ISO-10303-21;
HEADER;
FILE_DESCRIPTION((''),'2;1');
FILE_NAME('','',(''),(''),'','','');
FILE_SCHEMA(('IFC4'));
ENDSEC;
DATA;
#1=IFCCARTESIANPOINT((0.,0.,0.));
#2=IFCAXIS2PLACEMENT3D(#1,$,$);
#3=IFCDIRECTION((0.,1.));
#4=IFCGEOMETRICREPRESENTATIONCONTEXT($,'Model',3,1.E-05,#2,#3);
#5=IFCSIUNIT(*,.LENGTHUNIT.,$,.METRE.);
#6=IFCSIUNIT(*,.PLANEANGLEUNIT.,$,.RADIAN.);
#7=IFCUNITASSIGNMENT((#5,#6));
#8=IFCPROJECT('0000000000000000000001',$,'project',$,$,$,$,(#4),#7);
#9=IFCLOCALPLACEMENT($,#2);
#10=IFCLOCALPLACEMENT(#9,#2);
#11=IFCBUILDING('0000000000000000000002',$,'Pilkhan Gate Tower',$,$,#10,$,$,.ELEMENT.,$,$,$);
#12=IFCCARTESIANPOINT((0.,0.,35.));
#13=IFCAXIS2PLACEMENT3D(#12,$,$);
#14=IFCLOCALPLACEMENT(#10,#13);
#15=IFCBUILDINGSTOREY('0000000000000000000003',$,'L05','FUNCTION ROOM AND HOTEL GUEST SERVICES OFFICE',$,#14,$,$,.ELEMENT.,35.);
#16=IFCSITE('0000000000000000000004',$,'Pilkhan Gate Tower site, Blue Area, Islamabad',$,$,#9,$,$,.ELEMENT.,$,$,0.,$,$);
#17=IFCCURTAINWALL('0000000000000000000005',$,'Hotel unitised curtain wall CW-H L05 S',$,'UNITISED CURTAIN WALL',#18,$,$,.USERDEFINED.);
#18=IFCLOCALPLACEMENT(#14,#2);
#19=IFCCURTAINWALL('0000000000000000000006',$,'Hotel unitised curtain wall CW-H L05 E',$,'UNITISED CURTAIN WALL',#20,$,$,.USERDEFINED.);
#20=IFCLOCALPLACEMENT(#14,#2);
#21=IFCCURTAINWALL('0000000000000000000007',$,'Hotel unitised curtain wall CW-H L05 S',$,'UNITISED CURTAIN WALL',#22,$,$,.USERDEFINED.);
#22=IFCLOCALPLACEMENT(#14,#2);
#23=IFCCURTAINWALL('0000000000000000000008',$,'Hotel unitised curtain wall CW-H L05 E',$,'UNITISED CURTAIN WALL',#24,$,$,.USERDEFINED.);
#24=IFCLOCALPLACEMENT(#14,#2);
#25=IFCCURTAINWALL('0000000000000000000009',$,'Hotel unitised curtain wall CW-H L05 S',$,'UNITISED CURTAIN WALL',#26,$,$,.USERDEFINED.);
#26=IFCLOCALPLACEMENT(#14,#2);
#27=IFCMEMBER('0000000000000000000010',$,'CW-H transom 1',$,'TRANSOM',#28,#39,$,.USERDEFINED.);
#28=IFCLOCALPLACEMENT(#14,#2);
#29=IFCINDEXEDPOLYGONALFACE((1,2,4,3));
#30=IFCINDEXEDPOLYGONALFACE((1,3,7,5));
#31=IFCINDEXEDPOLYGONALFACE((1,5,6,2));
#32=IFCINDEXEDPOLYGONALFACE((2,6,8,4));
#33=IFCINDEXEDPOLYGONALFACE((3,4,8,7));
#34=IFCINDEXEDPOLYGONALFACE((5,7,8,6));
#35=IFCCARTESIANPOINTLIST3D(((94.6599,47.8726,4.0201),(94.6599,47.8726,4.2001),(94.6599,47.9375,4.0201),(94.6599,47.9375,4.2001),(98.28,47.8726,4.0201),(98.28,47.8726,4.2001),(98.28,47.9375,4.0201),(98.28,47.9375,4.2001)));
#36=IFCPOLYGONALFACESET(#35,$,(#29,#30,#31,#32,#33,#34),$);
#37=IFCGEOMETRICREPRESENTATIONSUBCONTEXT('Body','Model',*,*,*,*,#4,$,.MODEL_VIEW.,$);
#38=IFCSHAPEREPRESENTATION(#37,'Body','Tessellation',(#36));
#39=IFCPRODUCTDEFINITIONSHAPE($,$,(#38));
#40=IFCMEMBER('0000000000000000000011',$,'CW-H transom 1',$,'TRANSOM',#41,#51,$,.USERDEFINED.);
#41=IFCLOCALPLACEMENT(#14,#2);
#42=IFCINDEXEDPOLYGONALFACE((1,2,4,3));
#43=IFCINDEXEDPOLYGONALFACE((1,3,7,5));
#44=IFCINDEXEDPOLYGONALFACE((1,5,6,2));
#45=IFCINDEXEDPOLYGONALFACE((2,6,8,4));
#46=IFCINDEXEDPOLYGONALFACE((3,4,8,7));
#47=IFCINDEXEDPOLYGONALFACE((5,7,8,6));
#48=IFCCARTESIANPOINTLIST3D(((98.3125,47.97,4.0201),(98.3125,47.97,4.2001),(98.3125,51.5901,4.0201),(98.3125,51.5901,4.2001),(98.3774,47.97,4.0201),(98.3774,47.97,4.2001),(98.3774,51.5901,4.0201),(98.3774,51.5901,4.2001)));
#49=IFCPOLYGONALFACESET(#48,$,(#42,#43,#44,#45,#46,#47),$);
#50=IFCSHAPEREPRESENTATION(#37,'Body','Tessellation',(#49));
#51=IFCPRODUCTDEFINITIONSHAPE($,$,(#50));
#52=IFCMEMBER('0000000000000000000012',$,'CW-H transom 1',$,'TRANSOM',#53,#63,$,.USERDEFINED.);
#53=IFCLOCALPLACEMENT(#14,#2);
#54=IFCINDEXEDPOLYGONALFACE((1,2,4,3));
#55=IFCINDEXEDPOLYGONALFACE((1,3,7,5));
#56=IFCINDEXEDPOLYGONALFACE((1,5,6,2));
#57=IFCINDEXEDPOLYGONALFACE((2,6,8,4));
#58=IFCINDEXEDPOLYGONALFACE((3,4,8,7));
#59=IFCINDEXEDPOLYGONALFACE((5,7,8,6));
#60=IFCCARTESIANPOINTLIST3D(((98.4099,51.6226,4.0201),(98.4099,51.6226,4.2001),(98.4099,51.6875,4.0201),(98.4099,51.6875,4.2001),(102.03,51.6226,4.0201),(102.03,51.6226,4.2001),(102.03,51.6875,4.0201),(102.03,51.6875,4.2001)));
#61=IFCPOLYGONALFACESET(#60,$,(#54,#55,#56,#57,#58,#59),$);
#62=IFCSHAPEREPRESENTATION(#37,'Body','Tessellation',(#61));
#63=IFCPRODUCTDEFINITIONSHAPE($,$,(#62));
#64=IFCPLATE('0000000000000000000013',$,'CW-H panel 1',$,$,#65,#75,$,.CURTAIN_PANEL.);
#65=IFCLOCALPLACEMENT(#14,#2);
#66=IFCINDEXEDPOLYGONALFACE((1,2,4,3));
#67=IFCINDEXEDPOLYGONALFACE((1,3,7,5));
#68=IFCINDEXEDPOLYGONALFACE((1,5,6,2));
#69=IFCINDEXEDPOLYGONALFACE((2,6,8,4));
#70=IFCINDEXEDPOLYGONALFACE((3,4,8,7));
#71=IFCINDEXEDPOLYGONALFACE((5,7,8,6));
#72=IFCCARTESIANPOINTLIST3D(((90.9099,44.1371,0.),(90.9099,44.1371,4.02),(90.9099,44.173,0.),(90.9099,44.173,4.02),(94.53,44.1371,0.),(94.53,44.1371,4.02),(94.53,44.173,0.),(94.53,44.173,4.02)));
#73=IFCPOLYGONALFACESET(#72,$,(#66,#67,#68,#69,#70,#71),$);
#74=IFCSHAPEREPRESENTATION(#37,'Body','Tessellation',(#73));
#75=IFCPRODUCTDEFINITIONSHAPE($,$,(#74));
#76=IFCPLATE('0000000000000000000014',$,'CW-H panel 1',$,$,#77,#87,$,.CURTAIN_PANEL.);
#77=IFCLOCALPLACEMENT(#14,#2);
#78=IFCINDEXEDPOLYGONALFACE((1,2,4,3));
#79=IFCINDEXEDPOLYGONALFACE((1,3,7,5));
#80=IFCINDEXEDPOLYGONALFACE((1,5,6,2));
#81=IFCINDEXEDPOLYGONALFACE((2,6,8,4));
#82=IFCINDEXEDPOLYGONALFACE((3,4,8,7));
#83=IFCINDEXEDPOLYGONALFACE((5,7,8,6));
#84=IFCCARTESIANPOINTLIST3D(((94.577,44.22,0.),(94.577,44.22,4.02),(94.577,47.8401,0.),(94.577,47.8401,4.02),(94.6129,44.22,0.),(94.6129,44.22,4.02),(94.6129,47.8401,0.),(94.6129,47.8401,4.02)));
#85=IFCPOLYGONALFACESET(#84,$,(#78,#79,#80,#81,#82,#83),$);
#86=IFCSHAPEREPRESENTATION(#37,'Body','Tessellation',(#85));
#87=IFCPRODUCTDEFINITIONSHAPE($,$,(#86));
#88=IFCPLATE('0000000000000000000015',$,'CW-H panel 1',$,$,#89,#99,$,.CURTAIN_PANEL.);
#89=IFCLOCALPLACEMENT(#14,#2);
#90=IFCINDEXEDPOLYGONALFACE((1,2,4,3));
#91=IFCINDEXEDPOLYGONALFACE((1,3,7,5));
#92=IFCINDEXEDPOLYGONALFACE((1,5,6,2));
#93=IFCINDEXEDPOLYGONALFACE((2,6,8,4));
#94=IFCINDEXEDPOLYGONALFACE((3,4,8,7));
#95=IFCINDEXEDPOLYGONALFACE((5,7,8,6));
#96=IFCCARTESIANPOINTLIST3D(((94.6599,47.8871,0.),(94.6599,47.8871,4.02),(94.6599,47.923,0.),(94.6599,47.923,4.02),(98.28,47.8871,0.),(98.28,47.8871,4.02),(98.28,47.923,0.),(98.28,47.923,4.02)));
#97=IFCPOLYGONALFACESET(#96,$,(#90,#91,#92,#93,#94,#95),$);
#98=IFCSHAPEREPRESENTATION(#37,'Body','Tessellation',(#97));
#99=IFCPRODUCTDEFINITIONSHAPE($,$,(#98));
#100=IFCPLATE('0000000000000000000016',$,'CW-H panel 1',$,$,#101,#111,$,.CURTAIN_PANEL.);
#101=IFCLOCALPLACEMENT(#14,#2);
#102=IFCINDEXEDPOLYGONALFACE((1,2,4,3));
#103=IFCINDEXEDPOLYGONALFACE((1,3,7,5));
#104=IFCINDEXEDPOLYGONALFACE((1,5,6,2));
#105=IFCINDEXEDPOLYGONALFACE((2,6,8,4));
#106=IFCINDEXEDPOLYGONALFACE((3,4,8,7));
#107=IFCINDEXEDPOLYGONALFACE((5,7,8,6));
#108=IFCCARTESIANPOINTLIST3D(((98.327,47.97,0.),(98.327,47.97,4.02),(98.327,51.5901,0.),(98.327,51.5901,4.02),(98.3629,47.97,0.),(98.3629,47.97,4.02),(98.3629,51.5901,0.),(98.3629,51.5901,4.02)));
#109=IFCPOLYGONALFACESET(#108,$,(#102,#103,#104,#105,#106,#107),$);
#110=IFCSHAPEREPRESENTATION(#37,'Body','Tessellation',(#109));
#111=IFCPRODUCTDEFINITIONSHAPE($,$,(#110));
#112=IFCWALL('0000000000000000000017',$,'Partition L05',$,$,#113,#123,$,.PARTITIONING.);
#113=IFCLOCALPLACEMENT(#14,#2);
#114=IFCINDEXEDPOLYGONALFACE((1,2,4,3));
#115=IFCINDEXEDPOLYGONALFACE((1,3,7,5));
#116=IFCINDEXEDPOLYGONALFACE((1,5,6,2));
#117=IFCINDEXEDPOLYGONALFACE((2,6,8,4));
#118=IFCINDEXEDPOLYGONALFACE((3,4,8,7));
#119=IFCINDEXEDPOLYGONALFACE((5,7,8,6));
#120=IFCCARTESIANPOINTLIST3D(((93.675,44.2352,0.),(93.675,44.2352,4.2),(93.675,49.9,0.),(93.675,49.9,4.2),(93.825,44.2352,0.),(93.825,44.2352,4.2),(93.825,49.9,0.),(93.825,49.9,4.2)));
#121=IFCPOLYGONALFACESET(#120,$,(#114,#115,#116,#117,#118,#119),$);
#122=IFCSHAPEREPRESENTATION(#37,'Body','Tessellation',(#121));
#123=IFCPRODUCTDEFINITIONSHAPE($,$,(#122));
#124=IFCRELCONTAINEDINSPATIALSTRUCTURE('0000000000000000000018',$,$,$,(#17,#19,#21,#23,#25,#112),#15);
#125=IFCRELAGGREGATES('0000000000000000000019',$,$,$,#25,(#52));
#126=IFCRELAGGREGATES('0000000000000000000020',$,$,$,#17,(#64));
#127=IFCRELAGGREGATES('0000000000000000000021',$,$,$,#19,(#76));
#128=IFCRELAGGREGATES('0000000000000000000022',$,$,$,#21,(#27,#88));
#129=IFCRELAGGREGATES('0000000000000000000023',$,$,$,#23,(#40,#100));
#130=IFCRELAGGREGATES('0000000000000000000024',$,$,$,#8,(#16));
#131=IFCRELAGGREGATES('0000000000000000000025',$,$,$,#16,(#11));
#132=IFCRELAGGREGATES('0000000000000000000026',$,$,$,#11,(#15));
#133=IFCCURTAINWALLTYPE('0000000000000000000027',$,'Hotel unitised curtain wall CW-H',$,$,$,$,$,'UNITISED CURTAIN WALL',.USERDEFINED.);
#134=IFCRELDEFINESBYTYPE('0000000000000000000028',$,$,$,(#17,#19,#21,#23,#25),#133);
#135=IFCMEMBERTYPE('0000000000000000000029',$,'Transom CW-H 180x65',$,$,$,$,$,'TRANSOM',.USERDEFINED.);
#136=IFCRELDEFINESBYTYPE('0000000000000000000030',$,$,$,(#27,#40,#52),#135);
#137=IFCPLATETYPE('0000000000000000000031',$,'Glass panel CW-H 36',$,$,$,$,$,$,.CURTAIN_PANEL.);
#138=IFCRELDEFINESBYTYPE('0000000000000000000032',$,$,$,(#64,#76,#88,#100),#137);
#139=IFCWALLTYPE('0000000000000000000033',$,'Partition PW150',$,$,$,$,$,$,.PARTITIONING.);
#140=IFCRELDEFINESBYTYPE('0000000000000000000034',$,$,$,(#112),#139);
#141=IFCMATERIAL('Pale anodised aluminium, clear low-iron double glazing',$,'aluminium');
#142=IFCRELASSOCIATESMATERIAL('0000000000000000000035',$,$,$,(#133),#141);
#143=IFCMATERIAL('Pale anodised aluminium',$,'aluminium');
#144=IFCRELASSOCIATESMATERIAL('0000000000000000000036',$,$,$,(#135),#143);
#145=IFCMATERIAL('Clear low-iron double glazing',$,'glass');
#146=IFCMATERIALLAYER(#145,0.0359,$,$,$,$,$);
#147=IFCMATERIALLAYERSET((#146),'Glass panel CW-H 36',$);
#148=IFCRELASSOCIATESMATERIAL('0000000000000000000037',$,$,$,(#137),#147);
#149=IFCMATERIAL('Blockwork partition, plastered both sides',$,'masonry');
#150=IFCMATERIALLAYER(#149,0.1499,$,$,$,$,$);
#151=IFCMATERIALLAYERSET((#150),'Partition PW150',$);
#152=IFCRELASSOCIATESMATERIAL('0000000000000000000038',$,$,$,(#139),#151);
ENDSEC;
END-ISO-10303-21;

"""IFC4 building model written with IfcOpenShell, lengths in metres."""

from ifc_helpers import new_model, si_unit, direction, frame, frame_2d, origin, origin_2d, place, context, subcontext, project, spatial, rectangle, extrude, material, layer, layer_set, material_profile, profile_set, type_object, element, aggregate, save


model = new_model("IFC4")

# Units and contexts
model_context = context("Model", 3, precision=1e-05, world=origin(), true_north=direction((0.0, 1.0)))
body_context = subcontext(model_context, "Body", "Model", "MODEL_VIEW")
ifc_project = project(units=[si_unit("LENGTHUNIT", "METRE"), si_unit("PLANEANGLEUNIT", "RADIAN")], contexts=[model_context])

# Site, building, storey
site_placement = place(None, origin())
site = spatial("IfcSite", under=ifc_project, at=site_placement, Name="Pilkhan Gate Tower site, Blue Area, Islamabad", CompositionType="ELEMENT", RefElevation=0.0)
building_placement = place(site_placement, origin())
building = spatial("IfcBuilding", under=site, at=building_placement, Name="Pilkhan Gate Tower", CompositionType="ELEMENT")
storey_placement = place(building_placement, frame((0.0, 0.0, 35.0)))
storey = spatial("IfcBuildingStorey", under=building, at=storey_placement, Name="L05", Description="FUNCTION ROOM AND HOTEL GUEST SERVICES OFFICE", CompositionType="ELEMENT", Elevation=35.0)

# Shared definitions
ifc_material_1 = material(Name="Pale anodised aluminium, clear low-iron double glazing", Category="aluminium")
curtain_wall_type = type_object("IfcCurtainWallType", Name="Hotel unitised curtain wall CW-H", ElementType="UNITISED CURTAIN WALL", PredefinedType="USERDEFINED", material=ifc_material_1)
ifc_material_2 = material(Name="Pale anodised aluminium", Category="aluminium")

# Curtain walls
curtain_wall_1_placement = place(storey_placement, origin())
curtain_wall_1 = element("IfcCurtainWall", 1, at=curtain_wall_1_placement, inside=storey, type_object=curtain_wall_type, Name="Hotel unitised curtain wall CW-H L05 S", ObjectType="UNITISED CURTAIN WALL", PredefinedType="USERDEFINED")
curtain_wall_2_placement = place(storey_placement, origin())
curtain_wall_2 = element("IfcCurtainWall", 2, at=curtain_wall_2_placement, inside=storey, type_object=curtain_wall_type, Name="Hotel unitised curtain wall CW-H L05 E", ObjectType="UNITISED CURTAIN WALL", PredefinedType="USERDEFINED")
curtain_wall_3_placement = place(storey_placement, origin())
curtain_wall_3 = element("IfcCurtainWall", 3, at=curtain_wall_3_placement, inside=storey, type_object=curtain_wall_type, Name="Hotel unitised curtain wall CW-H L05 S", ObjectType="UNITISED CURTAIN WALL", PredefinedType="USERDEFINED")
curtain_wall_4_placement = place(storey_placement, origin())
curtain_wall_4 = element("IfcCurtainWall", 4, at=curtain_wall_4_placement, inside=storey, type_object=curtain_wall_type, Name="Hotel unitised curtain wall CW-H L05 E", ObjectType="UNITISED CURTAIN WALL", PredefinedType="USERDEFINED")

# Curtain wall
curtain_wall_5_placement = place(storey_placement, origin())
curtain_wall_5 = element("IfcCurtainWall", 5, at=curtain_wall_5_placement, inside=storey, type_object=curtain_wall_type, Name="Hotel unitised curtain wall CW-H L05 S", ObjectType="UNITISED CURTAIN WALL", PredefinedType="USERDEFINED")

# Members
ifc_material_profile_1 = material_profile(ifc_material_2, rectangle(XDim=0.0649, YDim=0.1799, at=origin_2d()), Name="Transom 180x65")
ifc_profile_set_1 = profile_set([ifc_material_profile_1], Name="Pale anodised aluminium")
member_type_1 = type_object("IfcMemberType", Name="Transom CW-H 180x65", ElementType="TRANSOM", PredefinedType="USERDEFINED", material=ifc_profile_set_1)
member_1_placement = place(storey_placement, frame((94.6599, 47.905, 4.1101), z_axis=(1.0, 0.0, 0.0), x_axis=(0.0, 1.0, 0.0)))
member_1 = element("IfcMember", 6, at=member_1_placement, type_object=member_type_1, Name="CW-H transom 1", ObjectType="TRANSOM", PredefinedType="USERDEFINED", context=body_context, shape_type="SweptSolid", body=[
    extrude(rectangle(XDim=0.0649, YDim=0.1799, at=origin_2d()), origin(), (0.0, 0.0, 1.0), 3.6201),
])
member_2_placement = place(storey_placement, frame((98.345, 47.97, 4.1101), z_axis=(0.0, 1.0, 0.0), x_axis=(-1.0, 0.0, 0.0)))
member_2 = element("IfcMember", 7, at=member_2_placement, type_object=member_type_1, Name="CW-H transom 1", ObjectType="TRANSOM", PredefinedType="USERDEFINED", context=body_context, shape_type="SweptSolid", body=[
    extrude(rectangle(XDim=0.0649, YDim=0.1799, at=origin_2d()), origin(), (0.0, 0.0, 1.0), 3.6201),
])
member_3_placement = place(storey_placement, frame((98.4099, 51.655, 4.1101), z_axis=(1.0, 0.0, 0.0), x_axis=(0.0, 1.0, 0.0)))
member_3 = element("IfcMember", 8, at=member_3_placement, type_object=member_type_1, Name="CW-H transom 1", ObjectType="TRANSOM", PredefinedType="USERDEFINED", context=body_context, shape_type="SweptSolid", body=[
    extrude(rectangle(XDim=0.0649, YDim=0.1799, at=origin_2d()), origin(), (0.0, 0.0, 1.0), 3.6201),
])
aggregate(curtain_wall_5, [member_3])

# Plates
ifc_material_3 = material(Name="Clear low-iron double glazing", Category="glass")
ifc_layer_1 = layer(ifc_material_3, 0.0359)
ifc_layer_set_1 = layer_set([ifc_layer_1], Name="Glass panel CW-H 36")
plate_type = type_object("IfcPlateType", Name="Glass panel CW-H 36", PredefinedType="CURTAIN_PANEL", material=ifc_layer_set_1)
plate_1_placement = place(storey_placement, frame((92.72, 44.155, 0.0), z_axis=(0.0, 0.0, 1.0), x_axis=(1.0, 0.0, 0.0)))
plate_1 = element("IfcPlate", 9, at=plate_1_placement, type_object=plate_type, Name="CW-H panel 1", PredefinedType="CURTAIN_PANEL", context=body_context, shape_type="SweptSolid", body=[
    extrude(rectangle(XDim=3.6201, YDim=0.0359, at=origin_2d()), origin(), (0.0, 0.0, 1.0), 4.02),
])
aggregate(curtain_wall_1, [plate_1])
plate_2_placement = place(storey_placement, frame((94.595, 46.03, 0.0), z_axis=(0.0, 0.0, 1.0), x_axis=(0.0, 1.0, 0.0)))
plate_2 = element("IfcPlate", 10, at=plate_2_placement, type_object=plate_type, Name="CW-H panel 1", PredefinedType="CURTAIN_PANEL", context=body_context, shape_type="SweptSolid", body=[
    extrude(rectangle(XDim=3.6201, YDim=0.0359, at=origin_2d()), origin(), (0.0, 0.0, 1.0), 4.02),
])
aggregate(curtain_wall_2, [plate_2])
plate_3_placement = place(storey_placement, frame((96.47, 47.905, 0.0), z_axis=(0.0, 0.0, 1.0), x_axis=(1.0, 0.0, 0.0)))
plate_3 = element("IfcPlate", 11, at=plate_3_placement, type_object=plate_type, Name="CW-H panel 1", PredefinedType="CURTAIN_PANEL", context=body_context, shape_type="SweptSolid", body=[
    extrude(rectangle(XDim=3.6201, YDim=0.0359, at=origin_2d()), origin(), (0.0, 0.0, 1.0), 4.02),
])
aggregate(curtain_wall_3, [member_1, plate_3])
plate_4_placement = place(storey_placement, frame((98.345, 49.78, 0.0), z_axis=(0.0, 0.0, 1.0), x_axis=(0.0, 1.0, 0.0)))
plate_4 = element("IfcPlate", 12, at=plate_4_placement, type_object=plate_type, Name="CW-H panel 1", PredefinedType="CURTAIN_PANEL", context=body_context, shape_type="SweptSolid", body=[
    extrude(rectangle(XDim=3.6201, YDim=0.0359, at=origin_2d()), origin(), (0.0, 0.0, 1.0), 4.02),
])
aggregate(curtain_wall_4, [member_2, plate_4])

# Wall
ifc_material_4 = material(Name="Blockwork partition, plastered both sides", Category="masonry")
ifc_layer_2 = layer(ifc_material_4, 0.1499)
ifc_layer_set_2 = layer_set([ifc_layer_2], Name="Partition PW150")
wall_type = type_object("IfcWallType", Name="Partition PW150", PredefinedType="PARTITIONING", material=ifc_layer_set_2)
wall_placement = place(storey_placement, frame((93.75, 44.2351, 0.0), z_axis=(0.0, 0.0, 1.0), x_axis=(0.0, 1.0, 0.0)))
element("IfcWall", 13, at=wall_placement, inside=storey, type_object=wall_type, Name="Partition L05", PredefinedType="PARTITIONING", context=body_context, shape_type="SweptSolid", body=[
    extrude(rectangle(XDim=5.6648, YDim=0.1499, at=frame_2d((2.8325, 0.0))), origin(), (0.0, 0.0, 1.0), 4.2),
])

save(model, "model.ifc")
